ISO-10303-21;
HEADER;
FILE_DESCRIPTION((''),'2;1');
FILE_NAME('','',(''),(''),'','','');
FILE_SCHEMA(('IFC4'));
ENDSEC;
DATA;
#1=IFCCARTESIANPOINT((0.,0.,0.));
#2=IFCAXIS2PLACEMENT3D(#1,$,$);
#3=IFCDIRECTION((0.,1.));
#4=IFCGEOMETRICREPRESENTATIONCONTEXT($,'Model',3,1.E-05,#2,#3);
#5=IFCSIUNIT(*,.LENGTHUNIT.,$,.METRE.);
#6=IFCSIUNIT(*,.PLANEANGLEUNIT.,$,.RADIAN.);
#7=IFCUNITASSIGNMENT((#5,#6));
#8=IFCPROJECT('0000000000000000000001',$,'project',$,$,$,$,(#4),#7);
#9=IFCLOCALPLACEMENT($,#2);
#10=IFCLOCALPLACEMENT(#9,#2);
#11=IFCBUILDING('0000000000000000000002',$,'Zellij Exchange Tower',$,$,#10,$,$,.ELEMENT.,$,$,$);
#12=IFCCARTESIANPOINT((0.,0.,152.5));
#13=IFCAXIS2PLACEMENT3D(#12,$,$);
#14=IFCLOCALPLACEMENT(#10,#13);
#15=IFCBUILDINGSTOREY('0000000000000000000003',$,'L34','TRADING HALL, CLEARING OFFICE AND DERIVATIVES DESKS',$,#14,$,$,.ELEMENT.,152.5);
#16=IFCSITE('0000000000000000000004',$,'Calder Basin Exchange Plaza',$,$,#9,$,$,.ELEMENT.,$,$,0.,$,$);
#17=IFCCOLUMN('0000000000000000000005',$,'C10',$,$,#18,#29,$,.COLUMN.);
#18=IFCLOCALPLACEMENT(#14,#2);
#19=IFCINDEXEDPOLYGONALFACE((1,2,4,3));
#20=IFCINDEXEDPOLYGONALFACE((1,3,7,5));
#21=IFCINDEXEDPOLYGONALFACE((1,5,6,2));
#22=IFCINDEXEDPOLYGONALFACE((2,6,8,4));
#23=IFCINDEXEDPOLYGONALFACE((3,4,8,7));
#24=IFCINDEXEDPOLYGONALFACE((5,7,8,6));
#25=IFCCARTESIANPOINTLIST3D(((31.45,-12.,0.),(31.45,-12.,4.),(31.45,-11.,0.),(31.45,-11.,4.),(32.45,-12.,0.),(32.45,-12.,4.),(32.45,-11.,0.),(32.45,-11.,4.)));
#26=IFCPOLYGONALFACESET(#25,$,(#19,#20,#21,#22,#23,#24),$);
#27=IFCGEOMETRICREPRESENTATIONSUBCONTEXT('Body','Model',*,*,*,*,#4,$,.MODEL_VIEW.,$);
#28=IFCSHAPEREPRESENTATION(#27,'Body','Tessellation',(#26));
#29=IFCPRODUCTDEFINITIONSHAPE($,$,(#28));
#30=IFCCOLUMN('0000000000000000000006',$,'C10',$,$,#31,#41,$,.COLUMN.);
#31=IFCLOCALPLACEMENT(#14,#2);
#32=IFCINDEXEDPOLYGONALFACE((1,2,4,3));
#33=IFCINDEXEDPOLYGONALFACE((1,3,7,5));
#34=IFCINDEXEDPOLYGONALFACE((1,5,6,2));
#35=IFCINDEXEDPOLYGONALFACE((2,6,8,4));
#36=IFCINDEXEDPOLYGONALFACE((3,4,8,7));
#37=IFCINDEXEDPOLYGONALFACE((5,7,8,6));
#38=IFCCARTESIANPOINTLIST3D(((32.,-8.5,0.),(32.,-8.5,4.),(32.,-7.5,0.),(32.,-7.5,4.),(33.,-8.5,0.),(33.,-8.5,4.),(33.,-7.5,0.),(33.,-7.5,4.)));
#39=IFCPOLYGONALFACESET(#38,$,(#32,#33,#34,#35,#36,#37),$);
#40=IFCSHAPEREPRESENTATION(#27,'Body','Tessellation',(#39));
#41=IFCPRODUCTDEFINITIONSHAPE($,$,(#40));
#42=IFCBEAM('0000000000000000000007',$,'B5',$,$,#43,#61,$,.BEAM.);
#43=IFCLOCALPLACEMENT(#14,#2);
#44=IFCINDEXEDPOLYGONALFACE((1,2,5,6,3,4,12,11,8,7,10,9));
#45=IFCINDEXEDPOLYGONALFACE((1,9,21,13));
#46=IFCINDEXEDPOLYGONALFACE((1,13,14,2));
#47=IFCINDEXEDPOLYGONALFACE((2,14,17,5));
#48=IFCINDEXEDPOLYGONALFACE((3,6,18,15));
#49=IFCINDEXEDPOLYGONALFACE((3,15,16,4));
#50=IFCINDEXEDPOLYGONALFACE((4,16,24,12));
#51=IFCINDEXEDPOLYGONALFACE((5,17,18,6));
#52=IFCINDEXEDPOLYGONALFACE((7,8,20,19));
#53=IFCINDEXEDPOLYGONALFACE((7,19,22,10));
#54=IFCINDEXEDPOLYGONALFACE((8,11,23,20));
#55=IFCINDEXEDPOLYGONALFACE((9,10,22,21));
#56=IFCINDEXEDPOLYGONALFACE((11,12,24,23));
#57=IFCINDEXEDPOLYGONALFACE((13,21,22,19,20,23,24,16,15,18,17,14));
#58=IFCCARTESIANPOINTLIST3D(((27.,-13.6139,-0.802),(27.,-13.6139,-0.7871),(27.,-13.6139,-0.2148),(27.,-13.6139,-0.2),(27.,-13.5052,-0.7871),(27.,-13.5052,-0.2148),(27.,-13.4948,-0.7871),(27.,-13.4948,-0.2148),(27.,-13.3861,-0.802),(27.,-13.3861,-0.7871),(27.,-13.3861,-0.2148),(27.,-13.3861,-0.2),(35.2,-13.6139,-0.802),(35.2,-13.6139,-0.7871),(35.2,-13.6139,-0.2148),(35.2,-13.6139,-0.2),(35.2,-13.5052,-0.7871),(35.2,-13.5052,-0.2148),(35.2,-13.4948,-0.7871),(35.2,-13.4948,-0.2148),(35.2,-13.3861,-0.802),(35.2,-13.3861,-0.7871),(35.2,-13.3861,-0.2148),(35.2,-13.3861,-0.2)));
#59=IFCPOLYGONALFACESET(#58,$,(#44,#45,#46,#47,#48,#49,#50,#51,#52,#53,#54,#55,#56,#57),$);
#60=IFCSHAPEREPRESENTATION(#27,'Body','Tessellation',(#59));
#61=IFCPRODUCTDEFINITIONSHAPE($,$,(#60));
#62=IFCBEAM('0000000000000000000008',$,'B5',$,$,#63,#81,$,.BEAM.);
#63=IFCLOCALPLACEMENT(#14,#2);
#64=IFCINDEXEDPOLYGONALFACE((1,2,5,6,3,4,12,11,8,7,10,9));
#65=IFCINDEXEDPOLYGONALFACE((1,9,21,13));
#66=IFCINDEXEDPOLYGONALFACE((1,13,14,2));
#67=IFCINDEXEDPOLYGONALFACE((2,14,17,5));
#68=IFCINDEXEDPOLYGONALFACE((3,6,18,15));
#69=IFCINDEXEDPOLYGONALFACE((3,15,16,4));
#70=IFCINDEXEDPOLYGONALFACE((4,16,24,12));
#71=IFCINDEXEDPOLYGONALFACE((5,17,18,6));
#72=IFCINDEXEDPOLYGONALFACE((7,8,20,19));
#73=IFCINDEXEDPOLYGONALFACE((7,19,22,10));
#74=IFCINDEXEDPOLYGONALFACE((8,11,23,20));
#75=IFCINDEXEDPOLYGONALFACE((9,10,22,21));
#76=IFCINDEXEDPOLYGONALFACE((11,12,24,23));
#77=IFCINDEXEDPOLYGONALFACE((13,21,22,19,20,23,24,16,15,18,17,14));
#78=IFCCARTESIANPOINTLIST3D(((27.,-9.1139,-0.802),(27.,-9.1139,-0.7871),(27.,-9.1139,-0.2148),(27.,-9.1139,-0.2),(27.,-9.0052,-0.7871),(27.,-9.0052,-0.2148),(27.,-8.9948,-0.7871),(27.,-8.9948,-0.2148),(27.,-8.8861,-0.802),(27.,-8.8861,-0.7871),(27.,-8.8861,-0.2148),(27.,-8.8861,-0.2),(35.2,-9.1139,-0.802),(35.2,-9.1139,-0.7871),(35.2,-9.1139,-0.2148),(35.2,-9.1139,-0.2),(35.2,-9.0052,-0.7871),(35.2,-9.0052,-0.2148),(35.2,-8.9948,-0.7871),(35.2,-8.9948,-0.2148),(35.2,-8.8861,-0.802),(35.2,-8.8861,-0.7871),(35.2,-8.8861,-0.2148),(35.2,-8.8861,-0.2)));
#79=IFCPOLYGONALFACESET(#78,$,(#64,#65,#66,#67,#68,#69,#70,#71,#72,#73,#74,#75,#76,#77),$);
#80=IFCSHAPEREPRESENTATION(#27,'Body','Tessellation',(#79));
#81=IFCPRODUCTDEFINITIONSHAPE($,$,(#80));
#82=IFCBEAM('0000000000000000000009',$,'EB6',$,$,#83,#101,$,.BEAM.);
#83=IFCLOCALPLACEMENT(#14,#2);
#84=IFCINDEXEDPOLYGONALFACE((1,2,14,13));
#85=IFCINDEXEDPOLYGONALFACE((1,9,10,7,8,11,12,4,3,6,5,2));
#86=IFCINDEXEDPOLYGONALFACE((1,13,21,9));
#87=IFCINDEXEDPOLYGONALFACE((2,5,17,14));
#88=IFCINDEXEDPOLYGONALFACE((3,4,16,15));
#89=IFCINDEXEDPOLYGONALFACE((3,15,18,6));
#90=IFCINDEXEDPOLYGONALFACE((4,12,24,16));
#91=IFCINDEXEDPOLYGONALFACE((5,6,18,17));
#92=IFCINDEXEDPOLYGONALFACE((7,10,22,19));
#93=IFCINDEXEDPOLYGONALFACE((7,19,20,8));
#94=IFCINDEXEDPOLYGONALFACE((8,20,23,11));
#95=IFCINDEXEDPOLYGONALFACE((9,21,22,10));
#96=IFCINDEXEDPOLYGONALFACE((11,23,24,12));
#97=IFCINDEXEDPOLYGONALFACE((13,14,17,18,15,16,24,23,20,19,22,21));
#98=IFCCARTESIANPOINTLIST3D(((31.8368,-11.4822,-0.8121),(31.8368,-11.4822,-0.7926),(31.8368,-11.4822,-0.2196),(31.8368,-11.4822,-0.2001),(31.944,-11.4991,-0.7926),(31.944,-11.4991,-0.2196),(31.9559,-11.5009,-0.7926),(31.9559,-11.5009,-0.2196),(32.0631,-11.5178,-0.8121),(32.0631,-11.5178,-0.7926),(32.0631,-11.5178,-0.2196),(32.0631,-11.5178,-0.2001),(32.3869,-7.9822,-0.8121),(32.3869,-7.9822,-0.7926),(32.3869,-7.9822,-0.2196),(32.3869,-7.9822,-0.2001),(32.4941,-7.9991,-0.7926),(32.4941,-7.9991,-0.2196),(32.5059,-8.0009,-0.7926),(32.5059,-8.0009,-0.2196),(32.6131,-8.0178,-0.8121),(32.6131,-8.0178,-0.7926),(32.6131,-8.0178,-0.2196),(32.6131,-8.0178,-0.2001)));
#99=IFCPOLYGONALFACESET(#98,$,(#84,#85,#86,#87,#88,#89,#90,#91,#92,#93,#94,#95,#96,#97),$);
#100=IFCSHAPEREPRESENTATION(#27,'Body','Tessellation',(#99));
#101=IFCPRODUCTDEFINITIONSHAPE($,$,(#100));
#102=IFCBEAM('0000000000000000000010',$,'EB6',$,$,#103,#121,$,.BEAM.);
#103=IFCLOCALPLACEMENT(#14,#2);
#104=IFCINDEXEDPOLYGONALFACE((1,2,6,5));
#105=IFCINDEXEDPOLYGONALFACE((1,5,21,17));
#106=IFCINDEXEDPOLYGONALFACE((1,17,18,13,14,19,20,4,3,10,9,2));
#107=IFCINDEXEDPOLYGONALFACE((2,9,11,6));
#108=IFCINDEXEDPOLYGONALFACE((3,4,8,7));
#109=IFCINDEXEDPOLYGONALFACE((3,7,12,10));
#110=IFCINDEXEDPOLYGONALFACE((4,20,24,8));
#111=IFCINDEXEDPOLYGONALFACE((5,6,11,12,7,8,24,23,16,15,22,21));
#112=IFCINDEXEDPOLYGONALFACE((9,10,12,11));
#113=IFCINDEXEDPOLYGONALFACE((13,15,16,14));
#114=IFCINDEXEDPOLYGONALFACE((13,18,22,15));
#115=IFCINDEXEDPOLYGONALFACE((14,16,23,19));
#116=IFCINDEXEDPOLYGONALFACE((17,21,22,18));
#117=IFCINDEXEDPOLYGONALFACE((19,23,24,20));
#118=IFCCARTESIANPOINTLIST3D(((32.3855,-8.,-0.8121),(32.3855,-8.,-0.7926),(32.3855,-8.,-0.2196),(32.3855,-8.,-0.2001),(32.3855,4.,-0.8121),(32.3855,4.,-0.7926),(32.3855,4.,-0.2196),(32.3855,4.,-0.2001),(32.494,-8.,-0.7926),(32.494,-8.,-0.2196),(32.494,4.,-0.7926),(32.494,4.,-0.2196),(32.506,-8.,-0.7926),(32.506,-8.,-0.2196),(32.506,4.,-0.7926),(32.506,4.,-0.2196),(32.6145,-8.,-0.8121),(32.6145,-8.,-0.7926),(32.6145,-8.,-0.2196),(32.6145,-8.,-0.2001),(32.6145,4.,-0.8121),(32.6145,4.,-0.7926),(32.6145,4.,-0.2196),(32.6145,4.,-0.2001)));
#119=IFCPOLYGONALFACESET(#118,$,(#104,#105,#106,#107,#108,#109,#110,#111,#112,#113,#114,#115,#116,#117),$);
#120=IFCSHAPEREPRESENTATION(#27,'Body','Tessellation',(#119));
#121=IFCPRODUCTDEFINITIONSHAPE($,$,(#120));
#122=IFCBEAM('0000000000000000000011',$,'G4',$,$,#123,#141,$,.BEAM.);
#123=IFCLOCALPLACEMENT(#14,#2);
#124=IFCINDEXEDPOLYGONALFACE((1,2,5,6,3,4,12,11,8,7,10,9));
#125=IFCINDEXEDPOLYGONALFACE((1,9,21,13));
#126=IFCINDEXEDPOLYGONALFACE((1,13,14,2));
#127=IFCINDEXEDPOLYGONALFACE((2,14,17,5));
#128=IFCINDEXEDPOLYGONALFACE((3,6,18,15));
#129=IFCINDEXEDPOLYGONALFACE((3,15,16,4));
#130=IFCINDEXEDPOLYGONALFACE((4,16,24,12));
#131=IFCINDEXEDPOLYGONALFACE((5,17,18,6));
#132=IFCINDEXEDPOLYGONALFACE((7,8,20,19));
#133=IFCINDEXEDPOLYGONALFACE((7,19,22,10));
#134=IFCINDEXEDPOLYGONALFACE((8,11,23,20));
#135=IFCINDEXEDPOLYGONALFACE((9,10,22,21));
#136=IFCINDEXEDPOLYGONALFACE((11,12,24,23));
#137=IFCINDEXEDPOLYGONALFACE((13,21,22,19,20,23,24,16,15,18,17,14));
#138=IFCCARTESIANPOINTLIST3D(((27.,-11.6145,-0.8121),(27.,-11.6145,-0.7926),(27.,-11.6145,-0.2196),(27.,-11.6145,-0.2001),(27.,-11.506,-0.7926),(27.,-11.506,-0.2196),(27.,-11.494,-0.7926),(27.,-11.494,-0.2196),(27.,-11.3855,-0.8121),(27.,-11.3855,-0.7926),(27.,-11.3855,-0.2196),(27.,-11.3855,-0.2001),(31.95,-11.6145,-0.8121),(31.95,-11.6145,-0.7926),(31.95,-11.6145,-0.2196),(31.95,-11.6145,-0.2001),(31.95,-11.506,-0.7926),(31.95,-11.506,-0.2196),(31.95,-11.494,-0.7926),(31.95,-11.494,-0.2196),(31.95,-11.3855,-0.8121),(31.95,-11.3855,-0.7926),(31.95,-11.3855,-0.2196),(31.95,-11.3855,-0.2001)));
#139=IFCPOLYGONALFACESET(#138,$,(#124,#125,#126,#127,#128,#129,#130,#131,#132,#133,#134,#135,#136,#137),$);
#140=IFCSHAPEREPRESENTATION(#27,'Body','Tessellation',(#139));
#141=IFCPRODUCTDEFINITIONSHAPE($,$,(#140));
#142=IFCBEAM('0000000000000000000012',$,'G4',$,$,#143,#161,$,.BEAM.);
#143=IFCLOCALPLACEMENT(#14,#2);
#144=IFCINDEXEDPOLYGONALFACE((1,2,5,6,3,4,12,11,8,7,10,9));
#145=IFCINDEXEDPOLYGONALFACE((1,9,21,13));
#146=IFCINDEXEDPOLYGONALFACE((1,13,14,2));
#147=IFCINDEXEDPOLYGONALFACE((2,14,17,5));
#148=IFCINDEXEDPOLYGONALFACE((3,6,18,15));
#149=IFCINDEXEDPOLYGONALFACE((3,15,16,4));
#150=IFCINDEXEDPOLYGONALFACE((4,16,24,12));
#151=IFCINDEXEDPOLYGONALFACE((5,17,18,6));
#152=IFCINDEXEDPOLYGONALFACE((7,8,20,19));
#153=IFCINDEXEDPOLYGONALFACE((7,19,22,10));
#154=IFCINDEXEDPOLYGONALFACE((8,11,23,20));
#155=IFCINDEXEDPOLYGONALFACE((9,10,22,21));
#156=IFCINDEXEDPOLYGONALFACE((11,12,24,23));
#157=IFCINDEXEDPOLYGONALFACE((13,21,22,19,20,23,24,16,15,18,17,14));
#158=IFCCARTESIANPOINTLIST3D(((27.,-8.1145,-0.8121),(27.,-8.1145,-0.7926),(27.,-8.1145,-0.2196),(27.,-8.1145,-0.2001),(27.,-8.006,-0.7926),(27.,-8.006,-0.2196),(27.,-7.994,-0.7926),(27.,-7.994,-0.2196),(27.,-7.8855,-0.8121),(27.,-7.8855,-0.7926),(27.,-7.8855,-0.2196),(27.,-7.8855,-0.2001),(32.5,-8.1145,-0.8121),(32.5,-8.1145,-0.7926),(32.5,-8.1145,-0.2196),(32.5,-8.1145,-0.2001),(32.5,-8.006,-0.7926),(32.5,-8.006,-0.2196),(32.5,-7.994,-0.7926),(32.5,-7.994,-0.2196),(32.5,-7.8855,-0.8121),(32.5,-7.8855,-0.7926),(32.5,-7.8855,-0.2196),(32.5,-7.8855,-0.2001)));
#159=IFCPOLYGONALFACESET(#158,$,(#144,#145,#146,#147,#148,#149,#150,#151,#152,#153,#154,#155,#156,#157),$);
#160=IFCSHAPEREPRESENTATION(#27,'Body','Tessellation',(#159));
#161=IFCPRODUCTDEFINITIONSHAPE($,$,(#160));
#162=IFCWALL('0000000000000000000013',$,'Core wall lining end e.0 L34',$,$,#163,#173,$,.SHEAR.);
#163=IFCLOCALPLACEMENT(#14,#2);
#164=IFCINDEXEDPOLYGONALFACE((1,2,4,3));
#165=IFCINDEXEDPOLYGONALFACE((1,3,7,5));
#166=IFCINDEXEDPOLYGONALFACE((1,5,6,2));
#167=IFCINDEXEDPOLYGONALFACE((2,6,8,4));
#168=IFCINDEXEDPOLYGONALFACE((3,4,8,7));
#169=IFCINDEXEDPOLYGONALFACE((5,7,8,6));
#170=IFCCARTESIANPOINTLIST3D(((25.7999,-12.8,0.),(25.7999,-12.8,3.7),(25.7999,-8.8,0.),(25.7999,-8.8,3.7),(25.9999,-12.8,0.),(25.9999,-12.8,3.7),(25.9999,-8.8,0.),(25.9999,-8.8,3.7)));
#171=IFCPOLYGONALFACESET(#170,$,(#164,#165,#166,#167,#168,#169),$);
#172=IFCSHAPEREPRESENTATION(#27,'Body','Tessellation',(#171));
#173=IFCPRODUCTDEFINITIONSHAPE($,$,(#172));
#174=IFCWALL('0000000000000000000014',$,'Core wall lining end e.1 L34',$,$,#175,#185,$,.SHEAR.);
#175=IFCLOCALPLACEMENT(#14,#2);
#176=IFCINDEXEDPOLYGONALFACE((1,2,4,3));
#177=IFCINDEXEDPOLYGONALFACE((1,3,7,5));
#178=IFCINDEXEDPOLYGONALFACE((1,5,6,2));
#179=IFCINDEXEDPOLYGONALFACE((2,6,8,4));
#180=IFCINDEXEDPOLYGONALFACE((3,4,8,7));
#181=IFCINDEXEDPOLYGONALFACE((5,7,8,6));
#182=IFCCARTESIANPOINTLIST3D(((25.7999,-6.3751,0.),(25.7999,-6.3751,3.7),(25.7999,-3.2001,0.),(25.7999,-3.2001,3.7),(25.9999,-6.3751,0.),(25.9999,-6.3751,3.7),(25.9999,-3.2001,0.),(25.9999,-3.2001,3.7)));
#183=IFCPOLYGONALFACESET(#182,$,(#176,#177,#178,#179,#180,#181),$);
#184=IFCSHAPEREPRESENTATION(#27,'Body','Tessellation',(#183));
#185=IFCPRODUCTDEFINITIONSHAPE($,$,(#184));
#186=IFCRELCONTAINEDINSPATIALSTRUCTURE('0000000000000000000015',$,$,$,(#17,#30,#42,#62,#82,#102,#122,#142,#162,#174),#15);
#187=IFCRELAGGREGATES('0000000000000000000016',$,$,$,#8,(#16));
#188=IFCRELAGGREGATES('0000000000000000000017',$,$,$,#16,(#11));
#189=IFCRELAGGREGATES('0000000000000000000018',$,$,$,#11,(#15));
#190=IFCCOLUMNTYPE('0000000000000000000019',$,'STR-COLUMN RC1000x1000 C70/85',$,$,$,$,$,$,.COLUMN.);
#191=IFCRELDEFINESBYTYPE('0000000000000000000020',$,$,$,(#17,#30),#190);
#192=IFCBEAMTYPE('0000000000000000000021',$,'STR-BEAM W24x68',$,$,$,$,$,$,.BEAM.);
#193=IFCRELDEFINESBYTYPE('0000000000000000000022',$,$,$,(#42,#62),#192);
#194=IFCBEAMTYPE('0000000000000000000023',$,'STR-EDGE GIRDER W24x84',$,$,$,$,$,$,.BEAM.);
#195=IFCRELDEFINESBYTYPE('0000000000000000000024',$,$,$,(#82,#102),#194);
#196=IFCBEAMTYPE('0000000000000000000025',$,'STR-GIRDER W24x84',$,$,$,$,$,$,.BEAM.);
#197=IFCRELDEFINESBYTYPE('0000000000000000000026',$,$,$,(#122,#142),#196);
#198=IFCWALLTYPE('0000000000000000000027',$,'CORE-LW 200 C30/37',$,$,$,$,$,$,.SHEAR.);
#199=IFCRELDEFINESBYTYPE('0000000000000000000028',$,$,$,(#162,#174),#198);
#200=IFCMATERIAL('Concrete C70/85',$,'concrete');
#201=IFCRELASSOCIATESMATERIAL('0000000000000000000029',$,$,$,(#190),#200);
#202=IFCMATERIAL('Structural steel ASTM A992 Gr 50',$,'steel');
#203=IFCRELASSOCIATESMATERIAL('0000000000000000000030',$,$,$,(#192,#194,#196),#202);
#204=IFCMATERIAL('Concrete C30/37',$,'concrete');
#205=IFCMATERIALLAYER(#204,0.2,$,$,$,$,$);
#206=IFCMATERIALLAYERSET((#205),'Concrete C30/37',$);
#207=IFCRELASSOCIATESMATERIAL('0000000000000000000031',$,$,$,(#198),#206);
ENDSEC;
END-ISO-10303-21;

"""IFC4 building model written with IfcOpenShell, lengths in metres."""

from ifc_helpers import new_model, si_unit, direction, frame, frame_2d, origin, origin_2d, place, context, subcontext, project, spatial, rectangle, i_section, extrude, material, layer, layer_set, material_profile, profile_set, type_object, element, save


model = new_model("IFC4")

# Units and contexts
model_context = context("Model", 3, precision=1e-05, world=origin(), true_north=direction((0.0, 1.0)))
body_context = subcontext(model_context, "Body", "Model", "MODEL_VIEW")
ifc_project = project(units=[si_unit("LENGTHUNIT", "METRE"), si_unit("PLANEANGLEUNIT", "RADIAN")], contexts=[model_context])

# Site, building, storey
site_placement = place(None, origin())
site = spatial("IfcSite", under=ifc_project, at=site_placement, Name="Calder Basin Exchange Plaza", CompositionType="ELEMENT", RefElevation=0.0)
building_placement = place(site_placement, origin())
building = spatial("IfcBuilding", under=site, at=building_placement, Name="Zellij Exchange Tower", CompositionType="ELEMENT")
storey_placement = place(building_placement, frame((0.0, 0.0, 152.5)))
storey = spatial("IfcBuildingStorey", under=building, at=storey_placement, Name="L34", Description="TRADING HALL, CLEARING OFFICE AND DERIVATIVES DESKS", CompositionType="ELEMENT", Elevation=152.5)

# Columns
ifc_material_1 = material(Name="Concrete C70/85", Category="concrete")
ifc_material_profile_1 = material_profile(ifc_material_1, rectangle(XDim=1.0, YDim=1.0, at=origin_2d()), Name="STR-COLUMN RC1000x1000 C70/85")
ifc_profile_set_1 = profile_set([ifc_material_profile_1], Name="Concrete C70/85")
column_type = type_object("IfcColumnType", Name="STR-COLUMN RC1000x1000 C70/85", PredefinedType="COLUMN", material=ifc_profile_set_1)
for number, where, z_axis, x_axis, name in (
    (1, (31.95, -11.5, 0.0), (0.0, 0.0, 1.0), (1.0, 0.0, 0.0), "C10"),
    (2, (32.5, -8.0, 0.0), (0.0, 0.0, 1.0), (1.0, 0.0, 0.0), "C10"),
):
    element("IfcColumn", number, at=place(storey_placement, frame(where, z_axis=z_axis, x_axis=x_axis)), inside=storey, type_object=column_type, Name=name, PredefinedType="COLUMN", context=body_context, shape_type="SweptSolid", body=[
        extrude(rectangle(XDim=1.0, YDim=1.0, at=origin_2d()), origin(), (0.0, 0.0, 1.0), 4.0),
    ])

# Beams
ifc_material_2 = material(Name="Structural steel ASTM A992 Gr 50", Category="steel")
ifc_material_profile_2 = material_profile(ifc_material_2, i_section(OverallWidth=0.2278, OverallDepth=0.6021, WebThickness=0.0105, FlangeThickness=0.0149, at=origin_2d()), Name="W24x68")
ifc_profile_set_2 = profile_set([ifc_material_profile_2], Name="Structural steel ASTM A992 Gr 50")
beam_type_1 = type_object("IfcBeamType", Name="STR-BEAM W24x68", PredefinedType="BEAM", material=ifc_profile_set_2)
for number, where, z_axis, x_axis, name in (
    (3, (27.0, -13.5, -0.501), (1.0, 0.0, 0.0), (0.0, 1.0, 0.0), "B5"),
    (4, (27.0, -9.0, -0.501), (1.0, 0.0, 0.0), (0.0, 1.0, 0.0), "B5"),
):
    element("IfcBeam", number, at=place(storey_placement, frame(where, z_axis=z_axis, x_axis=x_axis)), inside=storey, type_object=beam_type_1, Name=name, PredefinedType="BEAM", context=body_context, shape_type="SweptSolid", body=[
        extrude(i_section(OverallWidth=0.2278, OverallDepth=0.6021, WebThickness=0.0105, FlangeThickness=0.0149, at=origin_2d()), origin(), (0.0, 0.0, 1.0), 8.2),
    ])
ifc_material_profile_3 = material_profile(ifc_material_2, i_section(OverallWidth=0.229, OverallDepth=0.6121, WebThickness=0.012, FlangeThickness=0.0195, at=origin_2d()), Name="W24x84")
ifc_profile_set_3 = profile_set([ifc_material_profile_3], Name="Structural steel ASTM A992 Gr 50")
beam_type_2 = type_object("IfcBeamType", Name="STR-EDGE GIRDER W24x84", PredefinedType="BEAM", material=ifc_profile_set_3)
beam_1_placement = place(storey_placement, frame((31.95, -11.5, -0.5061), z_axis=(0.155251, 0.987875, 0.0), x_axis=(-0.987875, 0.155251, 0.0)))
element("IfcBeam", 5, at=beam_1_placement, inside=storey, type_object=beam_type_2, Name="EB6", PredefinedType="BEAM", context=body_context, shape_type="SweptSolid", body=[
    extrude(i_section(OverallWidth=0.229, OverallDepth=0.6121, WebThickness=0.012, FlangeThickness=0.0195, at=origin_2d()), origin(), (0.0, 0.0, 1.0), 3.543),
])
beam_2_placement = place(storey_placement, frame((32.5, -8.0, -0.5061), z_axis=(0.0, 1.0, 0.0), x_axis=(-1.0, 0.0, 0.0)))
element("IfcBeam", 6, at=beam_2_placement, inside=storey, type_object=beam_type_2, Name="EB6", PredefinedType="BEAM", context=body_context, shape_type="SweptSolid", body=[
    extrude(i_section(OverallWidth=0.229, OverallDepth=0.6121, WebThickness=0.012, FlangeThickness=0.0195, at=origin_2d()), origin(), (0.0, 0.0, 1.0), 12.0),
])
ifc_material_profile_4 = material_profile(ifc_material_2, i_section(OverallWidth=0.229, OverallDepth=0.6121, WebThickness=0.012, FlangeThickness=0.0195, at=origin_2d()), Name="W24x84")
ifc_profile_set_4 = profile_set([ifc_material_profile_4], Name="Structural steel ASTM A992 Gr 50")
beam_type_3 = type_object("IfcBeamType", Name="STR-GIRDER W24x84", PredefinedType="BEAM", material=ifc_profile_set_4)
beam_3_placement = place(storey_placement, frame((27.0, -11.5, -0.5061), z_axis=(1.0, 0.0, 0.0), x_axis=(0.0, 1.0, 0.0)))
element("IfcBeam", 7, at=beam_3_placement, inside=storey, type_object=beam_type_3, Name="G4", PredefinedType="BEAM", context=body_context, shape_type="SweptSolid", body=[
    extrude(i_section(OverallWidth=0.229, OverallDepth=0.6121, WebThickness=0.012, FlangeThickness=0.0195, at=origin_2d()), origin(), (0.0, 0.0, 1.0), 4.95),
])
beam_4_placement = place(storey_placement, frame((27.0, -8.0, -0.5061), z_axis=(1.0, 0.0, 0.0), x_axis=(0.0, 1.0, 0.0)))
element("IfcBeam", 8, at=beam_4_placement, inside=storey, type_object=beam_type_3, Name="G4", PredefinedType="BEAM", context=body_context, shape_type="SweptSolid", body=[
    extrude(i_section(OverallWidth=0.229, OverallDepth=0.6121, WebThickness=0.012, FlangeThickness=0.0195, at=origin_2d()), origin(), (0.0, 0.0, 1.0), 5.5),
])

# Walls
ifc_material_3 = material(Name="Concrete C30/37", Category="concrete")
ifc_layer_1 = layer(ifc_material_3, 0.2)
ifc_layer_set_1 = layer_set([ifc_layer_1], Name="Concrete C30/37")
wall_type_1 = type_object("IfcWallType", Name="CORE-LW 200 C30/37", PredefinedType="SHEAR", material=ifc_layer_set_1)
wall_1_placement = place(storey_placement, frame((25.8999, -12.8, 0.0), z_axis=(0.0, 0.0, 1.0), x_axis=(0.0, 1.0, 0.0)))
element("IfcWall", 9, at=wall_1_placement, inside=storey, type_object=wall_type_1, Name="Core wall lining end e.0 L34", PredefinedType="SHEAR", context=body_context, shape_type="SweptSolid", body=[
    extrude(rectangle(XDim=4.0, YDim=0.2, at=frame_2d((2.0, 0.0))), origin(), (0.0, 0.0, 1.0), 3.7),
])
wall_2_placement = place(storey_placement, frame((25.8999, -6.375, 0.0), z_axis=(0.0, 0.0, 1.0), x_axis=(0.0, 1.0, 0.0)))
element("IfcWall", 10, at=wall_2_placement, inside=storey, type_object=wall_type_1, Name="Core wall lining end e.1 L34", PredefinedType="SHEAR", context=body_context, shape_type="SweptSolid", body=[
    extrude(rectangle(XDim=3.175, YDim=0.2, at=frame_2d((1.5874, 0.0))), origin(), (0.0, 0.0, 1.0), 3.7),
])

save(model, "model.ifc")
